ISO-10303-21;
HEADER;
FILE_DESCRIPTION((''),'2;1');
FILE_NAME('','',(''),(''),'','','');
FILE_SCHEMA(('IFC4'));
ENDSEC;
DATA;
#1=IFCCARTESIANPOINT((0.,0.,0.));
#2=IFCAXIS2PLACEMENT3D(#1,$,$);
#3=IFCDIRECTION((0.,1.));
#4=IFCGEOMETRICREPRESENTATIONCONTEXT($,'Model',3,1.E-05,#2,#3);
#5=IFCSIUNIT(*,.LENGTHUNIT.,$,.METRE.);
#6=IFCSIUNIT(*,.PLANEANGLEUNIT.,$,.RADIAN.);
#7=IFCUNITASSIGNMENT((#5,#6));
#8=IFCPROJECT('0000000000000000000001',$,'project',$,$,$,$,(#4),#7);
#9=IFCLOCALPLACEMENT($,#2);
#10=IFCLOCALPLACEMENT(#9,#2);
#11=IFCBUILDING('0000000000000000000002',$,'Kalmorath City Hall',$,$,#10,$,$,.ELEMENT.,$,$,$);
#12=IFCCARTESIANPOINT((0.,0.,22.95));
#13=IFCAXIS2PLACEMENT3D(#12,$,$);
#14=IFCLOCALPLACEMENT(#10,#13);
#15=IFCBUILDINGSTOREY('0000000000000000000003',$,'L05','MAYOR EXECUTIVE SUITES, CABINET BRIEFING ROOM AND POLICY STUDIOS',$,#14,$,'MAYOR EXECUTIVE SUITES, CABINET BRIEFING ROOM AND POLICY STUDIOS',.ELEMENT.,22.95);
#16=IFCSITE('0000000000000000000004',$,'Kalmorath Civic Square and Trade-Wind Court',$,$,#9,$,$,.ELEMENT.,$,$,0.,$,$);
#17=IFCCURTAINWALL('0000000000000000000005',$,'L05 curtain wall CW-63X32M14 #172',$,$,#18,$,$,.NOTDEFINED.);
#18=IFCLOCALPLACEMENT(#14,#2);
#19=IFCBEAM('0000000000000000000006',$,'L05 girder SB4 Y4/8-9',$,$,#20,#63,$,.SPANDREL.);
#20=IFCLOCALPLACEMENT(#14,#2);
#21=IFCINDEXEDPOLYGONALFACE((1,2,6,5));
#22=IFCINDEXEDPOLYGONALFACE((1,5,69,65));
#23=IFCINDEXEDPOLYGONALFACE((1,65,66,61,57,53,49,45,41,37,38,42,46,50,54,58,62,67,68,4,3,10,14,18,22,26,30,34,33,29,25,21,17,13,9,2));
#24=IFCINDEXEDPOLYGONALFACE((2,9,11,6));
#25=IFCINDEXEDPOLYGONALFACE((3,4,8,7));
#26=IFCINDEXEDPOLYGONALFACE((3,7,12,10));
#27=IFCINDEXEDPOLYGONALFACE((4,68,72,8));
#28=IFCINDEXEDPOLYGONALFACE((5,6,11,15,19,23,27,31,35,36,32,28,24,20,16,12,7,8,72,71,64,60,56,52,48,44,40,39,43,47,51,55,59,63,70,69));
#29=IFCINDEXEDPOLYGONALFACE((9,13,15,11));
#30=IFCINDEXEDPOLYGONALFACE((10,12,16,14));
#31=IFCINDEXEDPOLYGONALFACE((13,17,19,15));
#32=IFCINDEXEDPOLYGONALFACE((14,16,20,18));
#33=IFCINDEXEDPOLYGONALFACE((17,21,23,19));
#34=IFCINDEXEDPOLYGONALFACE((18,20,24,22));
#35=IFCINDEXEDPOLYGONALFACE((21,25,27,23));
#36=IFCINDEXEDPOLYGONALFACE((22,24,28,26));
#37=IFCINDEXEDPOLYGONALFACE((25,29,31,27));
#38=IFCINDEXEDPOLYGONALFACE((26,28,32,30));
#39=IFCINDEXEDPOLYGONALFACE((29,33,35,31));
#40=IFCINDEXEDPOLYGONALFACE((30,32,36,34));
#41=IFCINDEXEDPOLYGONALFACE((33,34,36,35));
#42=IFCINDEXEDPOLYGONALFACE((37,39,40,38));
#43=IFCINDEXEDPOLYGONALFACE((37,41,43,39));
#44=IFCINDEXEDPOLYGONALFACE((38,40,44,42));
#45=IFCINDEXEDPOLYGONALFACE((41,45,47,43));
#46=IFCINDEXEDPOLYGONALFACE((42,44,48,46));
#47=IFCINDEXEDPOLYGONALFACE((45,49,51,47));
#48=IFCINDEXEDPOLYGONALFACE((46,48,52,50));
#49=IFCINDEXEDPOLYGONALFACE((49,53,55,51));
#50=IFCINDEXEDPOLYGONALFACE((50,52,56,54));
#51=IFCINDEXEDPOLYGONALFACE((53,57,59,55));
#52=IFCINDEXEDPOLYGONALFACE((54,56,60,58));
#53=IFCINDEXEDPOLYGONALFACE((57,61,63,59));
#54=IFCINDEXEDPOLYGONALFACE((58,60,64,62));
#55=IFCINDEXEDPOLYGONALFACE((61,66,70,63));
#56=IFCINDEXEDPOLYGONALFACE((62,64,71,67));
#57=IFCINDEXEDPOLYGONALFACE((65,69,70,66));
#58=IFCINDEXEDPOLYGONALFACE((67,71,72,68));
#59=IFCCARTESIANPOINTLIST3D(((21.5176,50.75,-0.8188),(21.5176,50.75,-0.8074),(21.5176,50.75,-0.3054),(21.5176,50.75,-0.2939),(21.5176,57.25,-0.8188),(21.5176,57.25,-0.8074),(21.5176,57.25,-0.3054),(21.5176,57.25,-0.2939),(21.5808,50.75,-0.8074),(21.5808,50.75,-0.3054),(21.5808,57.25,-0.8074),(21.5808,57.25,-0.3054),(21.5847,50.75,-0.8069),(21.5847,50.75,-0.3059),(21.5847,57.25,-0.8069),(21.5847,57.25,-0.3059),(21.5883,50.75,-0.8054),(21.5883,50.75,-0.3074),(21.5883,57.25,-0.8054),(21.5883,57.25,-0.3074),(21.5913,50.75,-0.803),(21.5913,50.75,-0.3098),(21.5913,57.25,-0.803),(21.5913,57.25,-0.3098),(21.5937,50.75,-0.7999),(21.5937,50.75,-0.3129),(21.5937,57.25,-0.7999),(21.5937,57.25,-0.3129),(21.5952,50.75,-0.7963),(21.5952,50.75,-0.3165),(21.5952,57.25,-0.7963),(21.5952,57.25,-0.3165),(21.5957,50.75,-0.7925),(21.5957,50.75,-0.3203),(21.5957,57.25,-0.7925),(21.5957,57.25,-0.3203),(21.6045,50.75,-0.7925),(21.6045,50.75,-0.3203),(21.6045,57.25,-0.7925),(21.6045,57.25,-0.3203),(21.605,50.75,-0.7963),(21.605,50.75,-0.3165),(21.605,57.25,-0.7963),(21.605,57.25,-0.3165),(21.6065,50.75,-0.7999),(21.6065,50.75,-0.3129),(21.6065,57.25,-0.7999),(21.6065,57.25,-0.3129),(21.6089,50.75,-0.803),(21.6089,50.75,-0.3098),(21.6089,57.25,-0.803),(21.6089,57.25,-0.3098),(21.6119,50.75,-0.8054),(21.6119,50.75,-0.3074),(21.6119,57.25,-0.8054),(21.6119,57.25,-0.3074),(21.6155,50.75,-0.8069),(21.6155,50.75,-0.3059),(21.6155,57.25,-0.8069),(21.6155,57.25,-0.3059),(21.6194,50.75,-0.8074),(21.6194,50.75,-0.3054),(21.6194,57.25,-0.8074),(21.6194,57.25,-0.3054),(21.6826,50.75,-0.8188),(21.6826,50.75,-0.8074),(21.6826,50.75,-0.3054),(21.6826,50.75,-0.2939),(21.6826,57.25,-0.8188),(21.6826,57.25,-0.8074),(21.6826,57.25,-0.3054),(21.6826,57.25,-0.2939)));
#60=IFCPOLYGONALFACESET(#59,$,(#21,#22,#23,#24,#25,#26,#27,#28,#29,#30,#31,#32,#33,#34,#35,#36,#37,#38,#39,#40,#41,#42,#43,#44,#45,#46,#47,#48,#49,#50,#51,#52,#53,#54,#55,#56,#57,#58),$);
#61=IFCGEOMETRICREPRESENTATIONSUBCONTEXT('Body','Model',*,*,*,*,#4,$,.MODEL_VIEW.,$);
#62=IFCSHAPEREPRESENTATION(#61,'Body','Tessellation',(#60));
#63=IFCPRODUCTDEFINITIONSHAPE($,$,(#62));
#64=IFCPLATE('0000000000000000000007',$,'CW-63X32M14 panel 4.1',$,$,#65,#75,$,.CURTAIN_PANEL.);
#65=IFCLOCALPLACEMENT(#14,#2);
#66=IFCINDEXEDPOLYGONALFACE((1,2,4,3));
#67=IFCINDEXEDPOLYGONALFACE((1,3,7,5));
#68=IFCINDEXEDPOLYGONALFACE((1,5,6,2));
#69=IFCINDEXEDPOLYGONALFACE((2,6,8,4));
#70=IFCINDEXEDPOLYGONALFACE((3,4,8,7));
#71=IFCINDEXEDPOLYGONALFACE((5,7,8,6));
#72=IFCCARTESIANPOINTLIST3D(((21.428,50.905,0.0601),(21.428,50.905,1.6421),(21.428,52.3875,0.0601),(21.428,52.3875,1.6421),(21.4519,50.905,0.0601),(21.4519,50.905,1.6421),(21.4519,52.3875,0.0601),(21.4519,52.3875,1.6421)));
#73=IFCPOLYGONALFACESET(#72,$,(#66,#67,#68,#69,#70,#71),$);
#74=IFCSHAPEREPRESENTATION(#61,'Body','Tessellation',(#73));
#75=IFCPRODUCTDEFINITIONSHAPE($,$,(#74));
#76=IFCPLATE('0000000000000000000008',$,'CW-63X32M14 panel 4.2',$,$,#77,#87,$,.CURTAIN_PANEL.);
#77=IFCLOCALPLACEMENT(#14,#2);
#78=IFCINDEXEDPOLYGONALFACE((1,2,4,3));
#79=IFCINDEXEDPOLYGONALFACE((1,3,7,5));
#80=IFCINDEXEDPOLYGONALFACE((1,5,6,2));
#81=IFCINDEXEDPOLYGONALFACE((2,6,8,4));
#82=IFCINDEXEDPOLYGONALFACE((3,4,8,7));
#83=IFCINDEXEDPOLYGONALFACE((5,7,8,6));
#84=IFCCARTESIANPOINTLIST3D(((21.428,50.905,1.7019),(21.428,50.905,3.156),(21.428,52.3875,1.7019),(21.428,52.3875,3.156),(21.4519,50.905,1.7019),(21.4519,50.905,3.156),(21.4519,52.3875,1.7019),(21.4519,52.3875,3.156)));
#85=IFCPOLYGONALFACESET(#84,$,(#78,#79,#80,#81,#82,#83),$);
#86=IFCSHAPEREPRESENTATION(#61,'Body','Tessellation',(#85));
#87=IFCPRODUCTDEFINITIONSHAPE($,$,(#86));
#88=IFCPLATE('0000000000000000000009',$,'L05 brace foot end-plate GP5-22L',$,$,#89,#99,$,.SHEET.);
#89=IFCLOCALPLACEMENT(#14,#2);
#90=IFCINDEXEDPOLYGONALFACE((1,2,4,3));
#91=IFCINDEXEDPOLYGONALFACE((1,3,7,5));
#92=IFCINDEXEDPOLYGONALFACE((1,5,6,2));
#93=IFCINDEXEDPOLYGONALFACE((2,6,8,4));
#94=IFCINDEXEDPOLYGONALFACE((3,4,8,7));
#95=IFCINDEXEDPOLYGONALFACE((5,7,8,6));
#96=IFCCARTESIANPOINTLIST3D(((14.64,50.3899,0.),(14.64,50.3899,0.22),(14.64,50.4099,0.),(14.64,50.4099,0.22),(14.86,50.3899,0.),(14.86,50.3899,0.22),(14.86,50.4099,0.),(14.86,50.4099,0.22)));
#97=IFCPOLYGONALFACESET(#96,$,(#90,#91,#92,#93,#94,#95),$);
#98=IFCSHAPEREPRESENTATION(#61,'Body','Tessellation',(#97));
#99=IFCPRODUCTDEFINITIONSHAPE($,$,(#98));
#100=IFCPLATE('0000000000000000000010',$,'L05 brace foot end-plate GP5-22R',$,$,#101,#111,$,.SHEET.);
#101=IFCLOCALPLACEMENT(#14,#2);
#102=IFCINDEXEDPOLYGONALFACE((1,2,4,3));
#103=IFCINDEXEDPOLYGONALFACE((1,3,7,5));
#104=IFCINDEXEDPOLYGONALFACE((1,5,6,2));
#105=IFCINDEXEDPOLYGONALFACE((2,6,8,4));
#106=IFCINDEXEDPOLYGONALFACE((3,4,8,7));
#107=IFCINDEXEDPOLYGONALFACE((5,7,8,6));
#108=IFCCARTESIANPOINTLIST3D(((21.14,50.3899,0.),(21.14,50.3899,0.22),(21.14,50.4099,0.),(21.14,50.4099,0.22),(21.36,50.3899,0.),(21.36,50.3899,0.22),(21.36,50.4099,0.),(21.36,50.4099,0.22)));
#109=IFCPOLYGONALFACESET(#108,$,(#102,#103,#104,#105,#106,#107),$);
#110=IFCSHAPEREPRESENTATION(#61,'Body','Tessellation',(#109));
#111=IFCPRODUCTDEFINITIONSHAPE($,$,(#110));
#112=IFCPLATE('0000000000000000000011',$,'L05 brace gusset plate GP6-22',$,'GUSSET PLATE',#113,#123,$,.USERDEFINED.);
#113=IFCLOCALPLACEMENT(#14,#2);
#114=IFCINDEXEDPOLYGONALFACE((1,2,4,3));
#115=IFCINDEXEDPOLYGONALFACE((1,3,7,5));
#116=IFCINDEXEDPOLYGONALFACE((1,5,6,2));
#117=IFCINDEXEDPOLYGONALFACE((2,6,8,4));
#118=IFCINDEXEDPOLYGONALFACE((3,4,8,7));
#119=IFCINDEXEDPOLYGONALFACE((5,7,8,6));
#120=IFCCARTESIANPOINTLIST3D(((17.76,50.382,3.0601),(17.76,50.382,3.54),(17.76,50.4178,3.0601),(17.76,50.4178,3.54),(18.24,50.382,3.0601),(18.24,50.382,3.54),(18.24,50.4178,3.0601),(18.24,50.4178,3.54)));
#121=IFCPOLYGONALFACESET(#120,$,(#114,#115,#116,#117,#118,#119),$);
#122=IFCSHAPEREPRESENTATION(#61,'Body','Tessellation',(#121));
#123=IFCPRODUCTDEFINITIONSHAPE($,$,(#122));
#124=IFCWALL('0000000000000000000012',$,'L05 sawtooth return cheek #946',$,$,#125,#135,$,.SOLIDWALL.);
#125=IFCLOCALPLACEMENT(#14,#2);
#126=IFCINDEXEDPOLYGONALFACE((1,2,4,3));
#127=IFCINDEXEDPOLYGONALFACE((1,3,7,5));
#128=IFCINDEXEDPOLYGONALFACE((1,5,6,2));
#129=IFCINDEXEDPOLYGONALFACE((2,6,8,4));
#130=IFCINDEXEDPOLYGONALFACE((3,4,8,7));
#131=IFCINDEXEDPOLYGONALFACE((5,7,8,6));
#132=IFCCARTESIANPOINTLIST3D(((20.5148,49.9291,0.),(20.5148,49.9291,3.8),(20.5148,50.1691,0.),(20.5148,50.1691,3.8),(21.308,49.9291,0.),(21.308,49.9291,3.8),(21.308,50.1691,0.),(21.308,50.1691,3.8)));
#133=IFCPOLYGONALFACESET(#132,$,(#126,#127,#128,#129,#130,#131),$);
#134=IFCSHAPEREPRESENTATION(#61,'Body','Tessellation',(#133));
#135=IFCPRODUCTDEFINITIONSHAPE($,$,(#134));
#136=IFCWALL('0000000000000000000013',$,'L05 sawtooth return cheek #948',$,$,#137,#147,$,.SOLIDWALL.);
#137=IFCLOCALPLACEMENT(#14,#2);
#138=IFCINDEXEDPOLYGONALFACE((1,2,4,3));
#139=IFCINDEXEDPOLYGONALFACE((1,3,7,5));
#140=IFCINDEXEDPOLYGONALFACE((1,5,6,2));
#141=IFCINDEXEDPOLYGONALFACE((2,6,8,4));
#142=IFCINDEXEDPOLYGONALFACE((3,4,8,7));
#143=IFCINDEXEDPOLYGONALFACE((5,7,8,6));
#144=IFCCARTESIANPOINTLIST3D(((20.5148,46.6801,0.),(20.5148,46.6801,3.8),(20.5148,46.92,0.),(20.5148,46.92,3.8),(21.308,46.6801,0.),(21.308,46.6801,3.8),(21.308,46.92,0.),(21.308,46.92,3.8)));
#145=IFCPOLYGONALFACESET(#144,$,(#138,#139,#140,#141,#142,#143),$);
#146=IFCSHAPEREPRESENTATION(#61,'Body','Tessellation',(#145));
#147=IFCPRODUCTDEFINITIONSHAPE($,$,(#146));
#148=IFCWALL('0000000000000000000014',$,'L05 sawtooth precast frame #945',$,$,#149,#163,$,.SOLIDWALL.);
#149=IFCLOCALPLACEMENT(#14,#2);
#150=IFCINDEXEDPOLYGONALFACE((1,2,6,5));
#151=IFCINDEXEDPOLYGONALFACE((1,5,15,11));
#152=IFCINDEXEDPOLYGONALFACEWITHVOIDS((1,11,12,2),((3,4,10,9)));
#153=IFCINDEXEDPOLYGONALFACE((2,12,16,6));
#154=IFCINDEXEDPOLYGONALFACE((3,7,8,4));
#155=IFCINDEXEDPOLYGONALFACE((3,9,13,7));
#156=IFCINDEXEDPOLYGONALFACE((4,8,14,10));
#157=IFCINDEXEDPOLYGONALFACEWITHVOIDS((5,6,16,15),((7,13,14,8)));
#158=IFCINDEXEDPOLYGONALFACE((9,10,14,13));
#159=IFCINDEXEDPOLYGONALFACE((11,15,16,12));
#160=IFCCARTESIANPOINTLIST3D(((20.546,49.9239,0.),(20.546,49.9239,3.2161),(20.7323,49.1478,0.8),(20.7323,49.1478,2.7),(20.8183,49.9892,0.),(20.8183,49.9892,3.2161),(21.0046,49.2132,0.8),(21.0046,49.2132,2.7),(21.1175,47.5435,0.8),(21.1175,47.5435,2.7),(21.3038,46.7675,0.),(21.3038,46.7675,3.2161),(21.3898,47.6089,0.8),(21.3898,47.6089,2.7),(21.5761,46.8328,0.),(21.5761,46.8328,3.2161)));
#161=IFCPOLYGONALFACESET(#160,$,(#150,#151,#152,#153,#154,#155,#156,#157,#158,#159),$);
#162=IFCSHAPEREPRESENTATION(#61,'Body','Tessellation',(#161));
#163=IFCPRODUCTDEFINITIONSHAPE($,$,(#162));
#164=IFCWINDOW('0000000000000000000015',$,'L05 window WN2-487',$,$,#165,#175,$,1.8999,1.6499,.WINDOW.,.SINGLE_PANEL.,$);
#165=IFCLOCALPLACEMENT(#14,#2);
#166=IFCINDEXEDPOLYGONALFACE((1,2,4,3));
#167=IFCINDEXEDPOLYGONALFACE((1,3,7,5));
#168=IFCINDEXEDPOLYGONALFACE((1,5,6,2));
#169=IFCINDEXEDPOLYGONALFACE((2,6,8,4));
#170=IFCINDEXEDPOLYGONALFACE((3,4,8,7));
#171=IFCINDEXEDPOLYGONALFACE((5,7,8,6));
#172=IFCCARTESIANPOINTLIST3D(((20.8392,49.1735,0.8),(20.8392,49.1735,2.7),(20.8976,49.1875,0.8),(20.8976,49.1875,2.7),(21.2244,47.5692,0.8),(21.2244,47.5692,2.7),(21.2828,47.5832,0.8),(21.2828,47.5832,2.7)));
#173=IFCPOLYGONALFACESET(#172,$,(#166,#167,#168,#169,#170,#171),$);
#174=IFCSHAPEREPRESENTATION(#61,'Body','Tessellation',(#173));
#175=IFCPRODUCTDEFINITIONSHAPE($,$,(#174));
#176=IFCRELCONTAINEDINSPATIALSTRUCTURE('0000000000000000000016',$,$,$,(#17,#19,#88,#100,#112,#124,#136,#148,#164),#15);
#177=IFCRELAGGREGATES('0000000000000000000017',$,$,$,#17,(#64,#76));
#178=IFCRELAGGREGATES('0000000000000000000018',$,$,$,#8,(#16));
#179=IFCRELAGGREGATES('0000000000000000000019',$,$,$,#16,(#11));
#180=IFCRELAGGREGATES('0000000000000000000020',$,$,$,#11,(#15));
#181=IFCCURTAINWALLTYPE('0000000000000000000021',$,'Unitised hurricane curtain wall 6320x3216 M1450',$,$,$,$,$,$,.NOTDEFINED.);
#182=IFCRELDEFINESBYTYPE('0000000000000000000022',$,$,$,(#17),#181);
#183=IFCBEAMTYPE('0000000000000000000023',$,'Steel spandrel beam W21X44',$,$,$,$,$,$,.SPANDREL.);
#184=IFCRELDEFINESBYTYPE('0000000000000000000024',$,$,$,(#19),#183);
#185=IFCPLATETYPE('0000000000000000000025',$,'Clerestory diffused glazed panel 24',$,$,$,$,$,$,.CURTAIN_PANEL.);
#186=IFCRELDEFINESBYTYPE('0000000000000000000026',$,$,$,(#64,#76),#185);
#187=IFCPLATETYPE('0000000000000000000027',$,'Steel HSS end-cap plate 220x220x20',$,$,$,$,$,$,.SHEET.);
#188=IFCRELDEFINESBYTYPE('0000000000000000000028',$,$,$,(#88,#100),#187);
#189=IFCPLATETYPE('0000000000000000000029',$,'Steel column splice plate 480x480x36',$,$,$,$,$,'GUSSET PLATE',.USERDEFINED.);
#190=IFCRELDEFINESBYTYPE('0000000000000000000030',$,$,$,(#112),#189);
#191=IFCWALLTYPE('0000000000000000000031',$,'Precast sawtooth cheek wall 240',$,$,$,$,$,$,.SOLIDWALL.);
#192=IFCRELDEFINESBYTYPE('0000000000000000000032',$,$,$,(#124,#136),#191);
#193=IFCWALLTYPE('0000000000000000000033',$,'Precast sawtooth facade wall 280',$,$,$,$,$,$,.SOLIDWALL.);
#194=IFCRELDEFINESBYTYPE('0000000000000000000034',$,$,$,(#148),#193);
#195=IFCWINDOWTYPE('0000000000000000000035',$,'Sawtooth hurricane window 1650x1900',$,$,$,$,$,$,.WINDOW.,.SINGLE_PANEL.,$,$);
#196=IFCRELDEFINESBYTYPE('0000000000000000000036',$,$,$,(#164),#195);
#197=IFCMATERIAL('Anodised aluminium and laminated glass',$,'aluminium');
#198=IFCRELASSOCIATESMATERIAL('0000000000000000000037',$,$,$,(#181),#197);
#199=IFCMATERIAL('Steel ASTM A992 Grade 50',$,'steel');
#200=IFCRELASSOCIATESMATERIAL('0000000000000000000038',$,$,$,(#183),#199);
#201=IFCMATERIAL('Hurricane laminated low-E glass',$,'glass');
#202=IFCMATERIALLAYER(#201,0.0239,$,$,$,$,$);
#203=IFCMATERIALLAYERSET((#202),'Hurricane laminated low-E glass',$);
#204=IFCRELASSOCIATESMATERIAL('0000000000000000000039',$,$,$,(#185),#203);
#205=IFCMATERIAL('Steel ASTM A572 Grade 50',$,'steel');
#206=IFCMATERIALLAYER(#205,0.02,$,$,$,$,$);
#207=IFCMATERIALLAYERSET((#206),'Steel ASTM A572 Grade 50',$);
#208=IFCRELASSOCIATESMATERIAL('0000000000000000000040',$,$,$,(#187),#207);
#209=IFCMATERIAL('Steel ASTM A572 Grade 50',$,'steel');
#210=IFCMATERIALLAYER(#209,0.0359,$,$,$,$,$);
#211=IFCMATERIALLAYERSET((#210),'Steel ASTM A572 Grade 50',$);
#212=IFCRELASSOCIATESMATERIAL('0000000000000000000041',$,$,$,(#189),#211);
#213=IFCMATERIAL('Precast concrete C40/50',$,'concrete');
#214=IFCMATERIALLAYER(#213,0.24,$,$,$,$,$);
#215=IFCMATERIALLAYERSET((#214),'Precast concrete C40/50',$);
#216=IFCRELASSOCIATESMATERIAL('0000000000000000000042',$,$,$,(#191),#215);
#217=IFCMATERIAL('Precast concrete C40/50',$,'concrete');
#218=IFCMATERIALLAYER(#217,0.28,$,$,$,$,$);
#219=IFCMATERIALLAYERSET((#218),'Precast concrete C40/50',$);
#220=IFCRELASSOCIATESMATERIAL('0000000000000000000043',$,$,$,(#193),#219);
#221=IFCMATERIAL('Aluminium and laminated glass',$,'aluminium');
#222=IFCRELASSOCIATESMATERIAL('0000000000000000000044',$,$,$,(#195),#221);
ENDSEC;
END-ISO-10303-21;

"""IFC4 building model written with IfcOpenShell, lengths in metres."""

from ifc_helpers import new_model, si_unit, direction, frame, frame_2d, origin, origin_2d, place, context, subcontext, project, spatial, rectangle, i_section, extrude, material, layer, layer_set, material_profile, profile_set, type_object, element, fill, aggregate, save


model = new_model("IFC4")

# Units and contexts
model_context = context("Model", 3, precision=1e-05, world=origin(), true_north=direction((0.0, 1.0)))
body_context = subcontext(model_context, "Body", "Model", "MODEL_VIEW")
ifc_project = project(units=[si_unit("LENGTHUNIT", "METRE"), si_unit("PLANEANGLEUNIT", "RADIAN")], contexts=[model_context])

# Site, building, storey
site_placement = place(None, origin())
site = spatial("IfcSite", under=ifc_project, at=site_placement, Name="Kalmorath Civic Square and Trade-Wind Court", CompositionType="ELEMENT", RefElevation=0.0)
building_placement = place(site_placement, origin())
building = spatial("IfcBuilding", under=site, at=building_placement, Name="Kalmorath City Hall", CompositionType="ELEMENT")
storey_placement = place(building_placement, frame((0.0, 0.0, 22.95)))
storey = spatial("IfcBuildingStorey", under=building, at=storey_placement, Name="L05", Description="MAYOR EXECUTIVE SUITES, CABINET BRIEFING ROOM AND POLICY STUDIOS", LongName="MAYOR EXECUTIVE SUITES, CABINET BRIEFING ROOM AND POLICY STUDIOS", CompositionType="ELEMENT", Elevation=22.95)

# Curtain wall
ifc_material_1 = material(Name="Anodised aluminium and laminated glass", Category="aluminium")
curtain_wall_type = type_object("IfcCurtainWallType", Name="Unitised hurricane curtain wall 6320x3216 M1450", PredefinedType="NOTDEFINED", material=ifc_material_1)
curtain_wall_placement = place(storey_placement, origin())
curtain_wall = element("IfcCurtainWall", 1, at=curtain_wall_placement, inside=storey, type_object=curtain_wall_type, Name="L05 curtain wall CW-63X32M14 #172", PredefinedType="NOTDEFINED")

# Beam
ifc_material_2 = material(Name="Steel ASTM A992 Grade 50", Category="steel")
ifc_material_profile_1 = material_profile(ifc_material_2, i_section(OverallWidth=0.165, OverallDepth=0.5249, WebThickness=0.0088, FlangeThickness=0.0115, FilletRadius=0.0149, at=origin_2d()), Name="W21X44")
ifc_profile_set_1 = profile_set([ifc_material_profile_1], Name="Steel ASTM A992 Grade 50")
beam_type_1 = type_object("IfcBeamType", Name="Steel spandrel beam W21X44", PredefinedType="SPANDREL", material=ifc_profile_set_1)
beam_1_placement = place(storey_placement, frame((21.6001, 50.75, -0.5564), z_axis=(0.0, 1.0, 0.0), x_axis=(-1.0, 0.0, 0.0)))
element("IfcBeam", 2, at=beam_1_placement, inside=storey, type_object=beam_type_1, Name="L05 girder SB4 Y4/8-9", PredefinedType="SPANDREL", context=body_context, shape_type="SweptSolid", body=[
    extrude(i_section(OverallWidth=0.165, OverallDepth=0.5249, WebThickness=0.0088, FlangeThickness=0.0115, FilletRadius=0.0149, at=origin_2d()), origin(), (0.0, 0.0, 1.0), 6.5),
])

# Plates
ifc_material_3 = material(Name="Hurricane laminated low-E glass", Category="glass")
ifc_layer_1 = layer(ifc_material_3, 0.0239)
ifc_layer_set_1 = layer_set([ifc_layer_1], Name="Hurricane laminated low-E glass")
plate_type_1 = type_object("IfcPlateType", Name="Clerestory diffused glazed panel 24", PredefinedType="CURTAIN_PANEL", material=ifc_layer_set_1)
plate_1_placement = place(storey_placement, frame((21.4399, 51.6462, 0.0601), z_axis=(0.0, 0.0, 1.0), x_axis=(0.0, -1.0, 0.0)))
plate_1 = element("IfcPlate", 3, at=plate_1_placement, type_object=plate_type_1, Name="CW-63X32M14 panel 4.1", PredefinedType="CURTAIN_PANEL", context=body_context, shape_type="SweptSolid", body=[
    extrude(rectangle(XDim=1.4824, YDim=0.0239, at=origin_2d()), origin(), (0.0, 0.0, 1.0), 1.582),
])
plate_2_placement = place(storey_placement, frame((21.4399, 51.6462, 1.7019), z_axis=(0.0, 0.0, 1.0), x_axis=(0.0, -1.0, 0.0)))
plate_2 = element("IfcPlate", 4, at=plate_2_placement, type_object=plate_type_1, Name="CW-63X32M14 panel 4.2", PredefinedType="CURTAIN_PANEL", context=body_context, shape_type="SweptSolid", body=[
    extrude(rectangle(XDim=1.4824, YDim=0.0239, at=origin_2d()), origin(), (0.0, 0.0, 1.0), 1.4541),
])
aggregate(curtain_wall, [plate_1, plate_2])

# Plates
ifc_material_4 = material(Name="Steel ASTM A572 Grade 50", Category="steel")
ifc_layer_2 = layer(ifc_material_4, 0.02)
ifc_layer_set_2 = layer_set([ifc_layer_2], Name="Steel ASTM A572 Grade 50")
plate_type_2 = type_object("IfcPlateType", Name="Steel HSS end-cap plate 220x220x20", PredefinedType="SHEET", material=ifc_layer_set_2)
for number, where, z_axis, x_axis, name in (
    (5, (14.75, 50.3999, 0.0), (0.0, 0.0, 1.0), (1.0, 0.0, 0.0), "L05 brace foot end-plate GP5-22L"),
    (6, (21.25, 50.3999, 0.0), (0.0, 0.0, 1.0), (1.0, 0.0, 0.0), "L05 brace foot end-plate GP5-22R"),
):
    element("IfcPlate", number, at=place(storey_placement, frame(where, z_axis=z_axis, x_axis=x_axis)), inside=storey, type_object=plate_type_2, Name=name, PredefinedType="SHEET", context=body_context, shape_type="SweptSolid", body=[
        extrude(rectangle(XDim=0.22, YDim=0.02, at=origin_2d()), origin(), (0.0, 0.0, 1.0), 0.22),
    ])
ifc_material_5 = material(Name="Steel ASTM A572 Grade 50", Category="steel")
ifc_layer_3 = layer(ifc_material_5, 0.0359)
ifc_layer_set_3 = layer_set([ifc_layer_3], Name="Steel ASTM A572 Grade 50")
plate_type_3 = type_object("IfcPlateType", Name="Steel column splice plate 480x480x36", ElementType="GUSSET PLATE", PredefinedType="USERDEFINED", material=ifc_layer_set_3)
plate_3_placement = place(storey_placement, frame((18.0, 50.3999, 3.0601), z_axis=(0.0, 0.0, 1.0), x_axis=(1.0, 0.0, 0.0)))
element("IfcPlate", 7, at=plate_3_placement, inside=storey, type_object=plate_type_3, Name="L05 brace gusset plate GP6-22", ObjectType="GUSSET PLATE", PredefinedType="USERDEFINED", context=body_context, shape_type="SweptSolid", body=[
    extrude(rectangle(XDim=0.48, YDim=0.0359, at=origin_2d()), origin(), (0.0, 0.0, 1.0), 0.48),
])

# Walls
ifc_material_6 = material(Name="Precast concrete C40/50", Category="concrete")
ifc_layer_4 = layer(ifc_material_6, 0.24)
ifc_layer_set_4 = layer_set([ifc_layer_4], Name="Precast concrete C40/50")
wall_type_1 = type_object("IfcWallType", Name="Precast sawtooth cheek wall 240", PredefinedType="SOLIDWALL", material=ifc_layer_set_4)
for number, where, z_axis, x_axis, name in (
    (8, (20.5149, 50.0491, 0.0), (0.0, 0.0, 1.0), (1.0, 0.0, 0.0), "L05 sawtooth return cheek #946"),
    (9, (20.5149, 46.8, 0.0), (0.0, 0.0, 1.0), (1.0, 0.0, 0.0), "L05 sawtooth return cheek #948"),
):
    element("IfcWall", number, at=place(storey_placement, frame(where, z_axis=z_axis, x_axis=x_axis)), inside=storey, type_object=wall_type_1, Name=name, PredefinedType="SOLIDWALL", context=body_context, shape_type="SweptSolid", body=[
        extrude(rectangle(XDim=0.7932, YDim=0.24, at=frame_2d((0.3965, 0.0))), origin(), (0.0, 0.0, 1.0), 3.8),
    ])

# Wall, opening, window
ifc_material_7 = material(Name="Precast concrete C40/50", Category="concrete")
ifc_layer_5 = layer(ifc_material_7, 0.28)
ifc_layer_set_5 = layer_set([ifc_layer_5], Name="Precast concrete C40/50")
wall_type_2 = type_object("IfcWallType", Name="Precast sawtooth facade wall 280", PredefinedType="SOLIDWALL", material=ifc_layer_set_5)
wall_placement = place(storey_placement, frame((20.6821, 49.9565, 0.0), z_axis=(0.0, 0.0, 1.0), x_axis=(0.233447, -0.97237, 0.0)))
wall = element("IfcWall", 10, at=wall_placement, inside=storey, type_object=wall_type_2, Name="L05 sawtooth precast frame #945", PredefinedType="SOLIDWALL", context=body_context, shape_type="SweptSolid", body=[
    extrude(rectangle(XDim=3.2461, YDim=0.28, at=frame_2d((1.623, 0.0))), origin(), (0.0, 0.0, 1.0), 3.2161),
])
opening_placement = place(wall_placement, frame((0.7981, 0.0, 0.8)))
opening = element("IfcOpeningElement", 11, at=opening_placement, cuts=wall, PredefinedType="OPENING", context=body_context, shape_type="SweptSolid", body=[
    extrude(rectangle(XDim=1.6499, YDim=1.8999, at=frame_2d((0.825, 0.95))), frame((0.0, 0.1499, 0.0), z_axis=(0.0, -1.0, 0.0), x_axis=(1.0, 0.0, 0.0)), (0.0, 0.0, 1.0), 0.3),
])
ifc_material_8 = material(Name="Aluminium and laminated glass", Category="aluminium")
window_type = type_object("IfcWindowType", Name="Sawtooth hurricane window 1650x1900", PartitioningType="SINGLE_PANEL", PredefinedType="WINDOW", material=ifc_material_8)
window_placement = place(opening_placement, origin())
window = element("IfcWindow", 12, at=window_placement, inside=storey, type_object=window_type, Name="L05 window WN2-487", OverallHeight=1.8999, OverallWidth=1.6499, PartitioningType="SINGLE_PANEL", PredefinedType="WINDOW", context=body_context, shape_type="SweptSolid", body=[
    extrude(rectangle(XDim=1.6499, YDim=1.8999, at=frame_2d((0.825, 0.95))), frame((0.0, 0.03, 0.0), z_axis=(0.0, -1.0, 0.0), x_axis=(1.0, 0.0, 0.0)), (0.0, 0.0, 1.0), 0.0601),
])
fill(opening, window)

save(model, "model.ifc")
